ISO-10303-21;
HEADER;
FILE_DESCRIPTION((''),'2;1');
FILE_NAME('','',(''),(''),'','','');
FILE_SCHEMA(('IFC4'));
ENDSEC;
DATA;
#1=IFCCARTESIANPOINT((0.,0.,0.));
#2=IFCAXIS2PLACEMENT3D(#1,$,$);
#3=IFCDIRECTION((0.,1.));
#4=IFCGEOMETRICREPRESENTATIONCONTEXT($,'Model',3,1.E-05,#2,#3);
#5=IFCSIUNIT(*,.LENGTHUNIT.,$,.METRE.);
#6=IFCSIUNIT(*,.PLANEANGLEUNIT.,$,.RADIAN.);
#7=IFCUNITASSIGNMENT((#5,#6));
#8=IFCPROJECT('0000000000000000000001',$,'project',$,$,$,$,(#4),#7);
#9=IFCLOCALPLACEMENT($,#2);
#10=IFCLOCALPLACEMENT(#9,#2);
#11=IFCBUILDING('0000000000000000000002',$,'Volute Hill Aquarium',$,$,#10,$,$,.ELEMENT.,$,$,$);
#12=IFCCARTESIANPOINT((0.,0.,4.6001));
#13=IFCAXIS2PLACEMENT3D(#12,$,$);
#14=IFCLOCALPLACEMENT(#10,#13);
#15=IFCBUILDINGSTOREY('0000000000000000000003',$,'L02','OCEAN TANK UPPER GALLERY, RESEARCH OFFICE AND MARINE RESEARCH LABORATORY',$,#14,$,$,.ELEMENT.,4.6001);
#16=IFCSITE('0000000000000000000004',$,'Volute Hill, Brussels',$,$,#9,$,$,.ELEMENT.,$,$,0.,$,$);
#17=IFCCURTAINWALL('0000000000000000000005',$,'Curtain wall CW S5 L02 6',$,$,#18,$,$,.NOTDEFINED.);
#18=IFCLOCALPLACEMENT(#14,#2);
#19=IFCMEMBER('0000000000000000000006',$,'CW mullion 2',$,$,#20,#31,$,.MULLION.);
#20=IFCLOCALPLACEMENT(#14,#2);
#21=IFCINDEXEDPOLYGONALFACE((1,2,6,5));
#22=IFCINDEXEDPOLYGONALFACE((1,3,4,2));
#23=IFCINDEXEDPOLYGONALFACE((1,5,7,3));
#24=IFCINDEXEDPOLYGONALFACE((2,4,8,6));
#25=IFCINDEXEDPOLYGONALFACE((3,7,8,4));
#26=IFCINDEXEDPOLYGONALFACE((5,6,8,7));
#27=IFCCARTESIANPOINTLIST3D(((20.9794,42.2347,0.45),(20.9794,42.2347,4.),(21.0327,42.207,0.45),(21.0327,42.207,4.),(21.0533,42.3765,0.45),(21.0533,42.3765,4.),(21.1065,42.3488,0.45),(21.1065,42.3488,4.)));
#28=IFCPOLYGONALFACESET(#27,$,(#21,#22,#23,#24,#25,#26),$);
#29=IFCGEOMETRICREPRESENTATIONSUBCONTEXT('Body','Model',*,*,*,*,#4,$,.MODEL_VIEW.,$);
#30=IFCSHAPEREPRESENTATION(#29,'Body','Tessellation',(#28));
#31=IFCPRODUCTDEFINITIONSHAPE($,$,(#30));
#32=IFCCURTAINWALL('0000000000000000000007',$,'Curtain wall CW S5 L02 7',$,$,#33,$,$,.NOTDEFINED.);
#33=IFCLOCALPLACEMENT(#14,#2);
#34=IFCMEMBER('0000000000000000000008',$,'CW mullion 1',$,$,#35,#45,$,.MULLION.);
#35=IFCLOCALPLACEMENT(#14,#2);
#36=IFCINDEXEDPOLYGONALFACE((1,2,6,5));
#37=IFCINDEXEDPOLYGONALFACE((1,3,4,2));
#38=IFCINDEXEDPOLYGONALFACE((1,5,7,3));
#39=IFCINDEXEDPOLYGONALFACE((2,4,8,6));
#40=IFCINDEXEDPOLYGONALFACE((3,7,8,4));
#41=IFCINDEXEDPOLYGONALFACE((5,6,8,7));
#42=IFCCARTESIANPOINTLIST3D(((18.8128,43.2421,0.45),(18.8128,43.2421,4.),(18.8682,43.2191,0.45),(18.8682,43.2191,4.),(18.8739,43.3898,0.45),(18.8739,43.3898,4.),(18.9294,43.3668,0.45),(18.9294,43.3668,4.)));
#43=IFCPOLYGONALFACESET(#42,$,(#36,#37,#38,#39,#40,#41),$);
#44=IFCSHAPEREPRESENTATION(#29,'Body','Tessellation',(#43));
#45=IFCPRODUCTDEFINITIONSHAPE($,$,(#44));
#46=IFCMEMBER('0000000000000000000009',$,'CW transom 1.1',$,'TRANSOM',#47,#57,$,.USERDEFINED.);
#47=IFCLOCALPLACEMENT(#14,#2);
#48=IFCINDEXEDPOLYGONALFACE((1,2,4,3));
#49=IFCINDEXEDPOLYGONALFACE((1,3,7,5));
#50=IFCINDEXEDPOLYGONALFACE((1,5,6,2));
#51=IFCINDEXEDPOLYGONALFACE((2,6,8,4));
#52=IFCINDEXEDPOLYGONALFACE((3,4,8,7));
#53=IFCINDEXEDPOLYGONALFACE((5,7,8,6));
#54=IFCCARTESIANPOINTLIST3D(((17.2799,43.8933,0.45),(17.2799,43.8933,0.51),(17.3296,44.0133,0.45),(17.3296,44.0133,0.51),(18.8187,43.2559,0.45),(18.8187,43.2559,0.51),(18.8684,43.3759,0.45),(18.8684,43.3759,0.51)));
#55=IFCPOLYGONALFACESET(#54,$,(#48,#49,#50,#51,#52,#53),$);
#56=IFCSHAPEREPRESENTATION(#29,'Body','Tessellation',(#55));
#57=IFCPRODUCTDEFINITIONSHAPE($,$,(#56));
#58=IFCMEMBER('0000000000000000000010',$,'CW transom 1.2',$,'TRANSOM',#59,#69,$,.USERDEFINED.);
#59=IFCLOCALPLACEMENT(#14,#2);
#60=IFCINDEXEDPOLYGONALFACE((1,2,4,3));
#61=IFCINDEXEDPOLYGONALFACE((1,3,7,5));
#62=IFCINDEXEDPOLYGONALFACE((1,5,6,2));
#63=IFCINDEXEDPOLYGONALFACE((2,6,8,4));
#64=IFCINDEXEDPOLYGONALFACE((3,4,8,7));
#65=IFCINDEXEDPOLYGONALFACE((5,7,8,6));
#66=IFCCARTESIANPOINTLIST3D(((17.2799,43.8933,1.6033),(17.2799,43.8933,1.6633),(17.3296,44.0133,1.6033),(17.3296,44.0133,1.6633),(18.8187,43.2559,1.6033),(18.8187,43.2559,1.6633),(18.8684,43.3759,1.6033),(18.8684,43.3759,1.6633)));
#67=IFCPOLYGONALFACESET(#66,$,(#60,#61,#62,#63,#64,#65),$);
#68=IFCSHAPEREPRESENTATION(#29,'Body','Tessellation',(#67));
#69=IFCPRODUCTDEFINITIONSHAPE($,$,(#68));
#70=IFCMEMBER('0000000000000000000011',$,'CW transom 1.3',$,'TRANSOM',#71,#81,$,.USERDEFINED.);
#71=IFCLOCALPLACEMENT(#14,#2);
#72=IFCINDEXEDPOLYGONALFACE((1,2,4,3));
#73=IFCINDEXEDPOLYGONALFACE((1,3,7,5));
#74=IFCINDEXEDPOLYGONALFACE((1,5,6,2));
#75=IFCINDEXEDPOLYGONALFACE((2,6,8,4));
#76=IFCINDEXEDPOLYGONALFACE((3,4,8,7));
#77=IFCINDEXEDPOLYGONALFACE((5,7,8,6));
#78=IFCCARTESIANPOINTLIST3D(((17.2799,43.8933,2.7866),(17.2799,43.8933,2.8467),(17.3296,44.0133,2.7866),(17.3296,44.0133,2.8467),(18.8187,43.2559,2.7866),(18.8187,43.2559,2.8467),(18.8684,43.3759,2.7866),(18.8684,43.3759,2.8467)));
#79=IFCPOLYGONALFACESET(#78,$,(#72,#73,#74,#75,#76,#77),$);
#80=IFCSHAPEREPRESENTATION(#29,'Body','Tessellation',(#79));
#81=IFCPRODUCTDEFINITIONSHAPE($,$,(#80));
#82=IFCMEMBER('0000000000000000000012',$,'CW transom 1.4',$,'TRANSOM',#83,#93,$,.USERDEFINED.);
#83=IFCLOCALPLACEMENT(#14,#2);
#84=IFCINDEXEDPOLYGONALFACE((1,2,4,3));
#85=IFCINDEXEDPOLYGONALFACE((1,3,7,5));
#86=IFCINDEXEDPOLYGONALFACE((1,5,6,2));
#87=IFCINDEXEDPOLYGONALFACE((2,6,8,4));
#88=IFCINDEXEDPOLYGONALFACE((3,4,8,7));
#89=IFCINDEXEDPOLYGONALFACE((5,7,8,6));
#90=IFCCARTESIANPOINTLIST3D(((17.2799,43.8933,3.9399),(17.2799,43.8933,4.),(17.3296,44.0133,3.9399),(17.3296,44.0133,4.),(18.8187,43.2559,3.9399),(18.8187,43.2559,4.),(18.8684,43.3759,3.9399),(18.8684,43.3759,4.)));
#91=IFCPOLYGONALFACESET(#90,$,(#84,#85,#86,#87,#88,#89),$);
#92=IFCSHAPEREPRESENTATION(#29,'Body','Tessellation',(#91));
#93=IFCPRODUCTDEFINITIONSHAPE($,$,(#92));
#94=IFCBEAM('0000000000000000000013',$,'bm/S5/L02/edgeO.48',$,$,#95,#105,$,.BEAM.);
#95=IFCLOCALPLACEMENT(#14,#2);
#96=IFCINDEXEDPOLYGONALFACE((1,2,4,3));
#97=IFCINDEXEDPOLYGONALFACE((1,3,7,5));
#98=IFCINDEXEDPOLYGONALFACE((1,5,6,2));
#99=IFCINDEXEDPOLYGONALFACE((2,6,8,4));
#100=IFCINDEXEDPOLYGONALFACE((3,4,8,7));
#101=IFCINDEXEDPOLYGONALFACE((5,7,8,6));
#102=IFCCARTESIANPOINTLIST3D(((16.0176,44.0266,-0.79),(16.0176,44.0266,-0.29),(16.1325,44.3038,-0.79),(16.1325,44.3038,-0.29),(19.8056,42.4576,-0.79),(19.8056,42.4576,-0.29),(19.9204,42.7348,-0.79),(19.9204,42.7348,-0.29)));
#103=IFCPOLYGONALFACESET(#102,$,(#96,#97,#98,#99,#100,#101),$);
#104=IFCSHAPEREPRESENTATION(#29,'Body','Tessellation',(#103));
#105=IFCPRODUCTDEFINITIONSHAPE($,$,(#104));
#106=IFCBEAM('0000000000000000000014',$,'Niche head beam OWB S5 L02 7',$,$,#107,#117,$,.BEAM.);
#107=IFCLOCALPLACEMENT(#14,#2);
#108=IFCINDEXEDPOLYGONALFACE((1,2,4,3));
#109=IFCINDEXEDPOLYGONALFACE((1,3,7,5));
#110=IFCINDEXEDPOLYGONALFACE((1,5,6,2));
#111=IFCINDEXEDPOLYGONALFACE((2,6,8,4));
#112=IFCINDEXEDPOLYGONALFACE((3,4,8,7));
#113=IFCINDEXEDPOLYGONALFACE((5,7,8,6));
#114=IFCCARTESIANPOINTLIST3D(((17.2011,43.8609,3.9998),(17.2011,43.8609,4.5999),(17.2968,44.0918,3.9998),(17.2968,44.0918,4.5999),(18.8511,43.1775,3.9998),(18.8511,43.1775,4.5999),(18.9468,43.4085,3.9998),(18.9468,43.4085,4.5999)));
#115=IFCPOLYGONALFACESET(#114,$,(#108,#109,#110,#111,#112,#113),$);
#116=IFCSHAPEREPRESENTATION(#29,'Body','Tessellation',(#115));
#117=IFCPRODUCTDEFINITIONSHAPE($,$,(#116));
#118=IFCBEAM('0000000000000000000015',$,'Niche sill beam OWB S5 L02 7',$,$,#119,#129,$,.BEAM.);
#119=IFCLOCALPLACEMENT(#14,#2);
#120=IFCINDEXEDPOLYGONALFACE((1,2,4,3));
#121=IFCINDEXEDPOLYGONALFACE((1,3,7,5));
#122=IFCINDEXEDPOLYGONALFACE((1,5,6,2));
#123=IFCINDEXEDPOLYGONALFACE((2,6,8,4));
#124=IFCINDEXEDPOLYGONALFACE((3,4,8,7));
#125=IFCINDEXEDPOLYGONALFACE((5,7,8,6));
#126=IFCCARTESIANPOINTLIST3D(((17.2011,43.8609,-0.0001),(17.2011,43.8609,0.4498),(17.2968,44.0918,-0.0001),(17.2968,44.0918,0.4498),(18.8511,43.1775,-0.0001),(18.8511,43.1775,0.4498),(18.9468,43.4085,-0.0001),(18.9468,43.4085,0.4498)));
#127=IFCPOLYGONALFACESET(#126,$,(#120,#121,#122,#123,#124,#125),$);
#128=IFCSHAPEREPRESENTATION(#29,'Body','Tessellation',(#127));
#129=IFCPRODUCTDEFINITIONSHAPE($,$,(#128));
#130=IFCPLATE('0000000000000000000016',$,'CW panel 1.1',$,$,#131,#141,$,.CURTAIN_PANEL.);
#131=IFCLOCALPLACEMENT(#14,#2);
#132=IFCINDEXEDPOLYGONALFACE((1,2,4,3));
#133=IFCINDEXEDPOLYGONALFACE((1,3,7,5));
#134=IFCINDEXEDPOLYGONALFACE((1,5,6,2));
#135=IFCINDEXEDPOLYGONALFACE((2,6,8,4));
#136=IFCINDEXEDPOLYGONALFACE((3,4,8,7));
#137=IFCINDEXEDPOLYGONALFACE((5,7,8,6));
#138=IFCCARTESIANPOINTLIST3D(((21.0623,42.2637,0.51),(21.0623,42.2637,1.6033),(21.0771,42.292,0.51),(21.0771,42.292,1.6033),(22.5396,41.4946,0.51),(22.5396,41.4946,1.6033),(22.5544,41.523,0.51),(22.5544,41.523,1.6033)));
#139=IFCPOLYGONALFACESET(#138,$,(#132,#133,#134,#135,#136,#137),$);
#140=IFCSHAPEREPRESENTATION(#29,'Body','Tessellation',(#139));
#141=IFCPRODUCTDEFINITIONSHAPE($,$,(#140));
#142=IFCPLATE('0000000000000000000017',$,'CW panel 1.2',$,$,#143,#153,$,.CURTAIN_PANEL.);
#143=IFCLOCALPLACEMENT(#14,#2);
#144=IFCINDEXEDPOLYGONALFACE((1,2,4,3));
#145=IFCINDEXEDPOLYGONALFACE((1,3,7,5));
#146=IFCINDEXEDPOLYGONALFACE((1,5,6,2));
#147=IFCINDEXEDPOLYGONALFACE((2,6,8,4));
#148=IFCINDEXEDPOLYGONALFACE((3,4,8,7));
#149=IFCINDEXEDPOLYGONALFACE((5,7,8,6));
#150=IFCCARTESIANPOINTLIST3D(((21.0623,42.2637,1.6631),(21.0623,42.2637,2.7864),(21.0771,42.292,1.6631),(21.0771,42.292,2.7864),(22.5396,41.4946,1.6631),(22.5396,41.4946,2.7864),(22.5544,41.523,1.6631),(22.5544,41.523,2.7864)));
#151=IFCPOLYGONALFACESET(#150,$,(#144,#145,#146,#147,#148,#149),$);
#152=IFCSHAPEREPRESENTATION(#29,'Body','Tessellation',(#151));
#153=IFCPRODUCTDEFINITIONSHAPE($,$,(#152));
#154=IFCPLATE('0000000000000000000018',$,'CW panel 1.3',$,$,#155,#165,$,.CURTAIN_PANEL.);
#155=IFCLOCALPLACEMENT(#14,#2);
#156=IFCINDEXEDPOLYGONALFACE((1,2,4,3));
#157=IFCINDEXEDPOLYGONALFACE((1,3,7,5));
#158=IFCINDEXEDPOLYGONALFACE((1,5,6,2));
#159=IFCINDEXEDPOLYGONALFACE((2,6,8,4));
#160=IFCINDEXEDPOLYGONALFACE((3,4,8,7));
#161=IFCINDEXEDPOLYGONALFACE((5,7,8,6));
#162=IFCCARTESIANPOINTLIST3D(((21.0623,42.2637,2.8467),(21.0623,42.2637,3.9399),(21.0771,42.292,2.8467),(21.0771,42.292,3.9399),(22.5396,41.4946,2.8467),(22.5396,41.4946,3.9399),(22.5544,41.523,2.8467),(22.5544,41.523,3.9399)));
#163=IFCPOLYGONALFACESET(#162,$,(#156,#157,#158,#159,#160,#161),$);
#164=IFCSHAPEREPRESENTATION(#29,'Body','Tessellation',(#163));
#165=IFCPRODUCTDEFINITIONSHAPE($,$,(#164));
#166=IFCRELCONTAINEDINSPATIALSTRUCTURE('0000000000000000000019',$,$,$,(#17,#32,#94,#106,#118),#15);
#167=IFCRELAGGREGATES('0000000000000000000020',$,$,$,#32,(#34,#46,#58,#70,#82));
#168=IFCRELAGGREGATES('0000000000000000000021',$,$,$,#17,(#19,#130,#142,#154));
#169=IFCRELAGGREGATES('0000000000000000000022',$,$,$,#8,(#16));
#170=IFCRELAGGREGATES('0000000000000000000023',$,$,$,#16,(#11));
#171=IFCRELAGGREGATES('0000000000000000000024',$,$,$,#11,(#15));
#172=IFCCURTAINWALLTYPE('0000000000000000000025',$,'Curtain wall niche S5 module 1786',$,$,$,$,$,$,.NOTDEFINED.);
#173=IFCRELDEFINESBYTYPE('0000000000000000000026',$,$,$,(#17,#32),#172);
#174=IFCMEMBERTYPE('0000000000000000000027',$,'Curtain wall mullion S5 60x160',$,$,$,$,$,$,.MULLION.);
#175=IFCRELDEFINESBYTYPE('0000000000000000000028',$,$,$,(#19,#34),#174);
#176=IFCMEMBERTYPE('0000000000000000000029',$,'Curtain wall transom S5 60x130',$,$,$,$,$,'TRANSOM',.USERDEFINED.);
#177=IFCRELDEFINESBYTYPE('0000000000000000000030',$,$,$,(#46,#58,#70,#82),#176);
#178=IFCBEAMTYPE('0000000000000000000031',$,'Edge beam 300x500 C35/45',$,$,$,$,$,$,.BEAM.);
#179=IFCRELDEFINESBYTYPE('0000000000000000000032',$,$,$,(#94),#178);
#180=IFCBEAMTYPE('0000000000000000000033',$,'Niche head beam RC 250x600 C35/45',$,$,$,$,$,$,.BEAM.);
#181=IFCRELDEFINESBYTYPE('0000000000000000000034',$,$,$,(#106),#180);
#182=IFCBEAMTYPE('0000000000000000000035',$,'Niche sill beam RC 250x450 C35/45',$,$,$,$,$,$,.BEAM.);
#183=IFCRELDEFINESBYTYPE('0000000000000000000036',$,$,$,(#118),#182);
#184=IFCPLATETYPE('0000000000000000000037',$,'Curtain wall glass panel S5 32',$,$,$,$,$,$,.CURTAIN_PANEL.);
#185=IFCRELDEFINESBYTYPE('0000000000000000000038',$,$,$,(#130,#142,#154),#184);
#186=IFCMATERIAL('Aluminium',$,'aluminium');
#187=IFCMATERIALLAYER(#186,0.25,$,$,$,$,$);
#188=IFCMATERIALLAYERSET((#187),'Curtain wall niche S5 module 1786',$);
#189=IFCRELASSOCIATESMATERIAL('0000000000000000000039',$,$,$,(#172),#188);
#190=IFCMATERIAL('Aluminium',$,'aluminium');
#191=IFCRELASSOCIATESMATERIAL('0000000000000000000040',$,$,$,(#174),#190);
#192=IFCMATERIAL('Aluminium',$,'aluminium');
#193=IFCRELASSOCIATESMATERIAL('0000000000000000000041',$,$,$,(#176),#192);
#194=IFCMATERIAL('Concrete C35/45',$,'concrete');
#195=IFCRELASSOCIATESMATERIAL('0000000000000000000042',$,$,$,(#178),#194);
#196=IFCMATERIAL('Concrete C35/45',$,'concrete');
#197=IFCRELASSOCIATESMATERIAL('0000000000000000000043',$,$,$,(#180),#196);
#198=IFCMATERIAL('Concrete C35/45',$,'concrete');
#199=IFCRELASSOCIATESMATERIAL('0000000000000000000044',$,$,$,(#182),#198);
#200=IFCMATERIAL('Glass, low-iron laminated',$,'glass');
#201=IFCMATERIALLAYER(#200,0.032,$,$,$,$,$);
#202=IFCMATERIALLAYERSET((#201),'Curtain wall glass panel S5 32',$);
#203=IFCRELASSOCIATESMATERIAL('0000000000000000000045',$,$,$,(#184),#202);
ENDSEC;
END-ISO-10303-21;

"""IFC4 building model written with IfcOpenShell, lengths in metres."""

from ifc_helpers import new_model, si_unit, direction, frame, origin, origin_2d, place, context, subcontext, project, spatial, rectangle, extrude, material, layer, layer_set, material_profile, profile_set, type_object, element, aggregate, save


model = new_model("IFC4")

# Units and contexts
model_context = context("Model", 3, precision=1e-05, world=origin(), true_north=direction((0.0, 1.0)))
body_context = subcontext(model_context, "Body", "Model", "MODEL_VIEW")
ifc_project = project(units=[si_unit("LENGTHUNIT", "METRE"), si_unit("PLANEANGLEUNIT", "RADIAN")], contexts=[model_context])

# Site, building, storey
site_placement = place(None, origin())
site = spatial("IfcSite", under=ifc_project, at=site_placement, Name="Volute Hill, Brussels", CompositionType="ELEMENT", RefElevation=0.0)
building_placement = place(site_placement, origin())
building = spatial("IfcBuilding", under=site, at=building_placement, Name="Volute Hill Aquarium", CompositionType="ELEMENT")
storey_placement = place(building_placement, frame((0.0, 0.0, 4.6001)))
storey = spatial("IfcBuildingStorey", under=building, at=storey_placement, Name="L02", Description="OCEAN TANK UPPER GALLERY, RESEARCH OFFICE AND MARINE RESEARCH LABORATORY", CompositionType="ELEMENT", Elevation=4.6001)

# Curtain wall, member
ifc_material_1 = material(Name="Aluminium", Category="aluminium")
ifc_layer_1 = layer(ifc_material_1, 0.25)
ifc_layer_set_1 = layer_set([ifc_layer_1], Name="Curtain wall niche S5 module 1786")
curtain_wall_type = type_object("IfcCurtainWallType", Name="Curtain wall niche S5 module 1786", PredefinedType="NOTDEFINED", material=ifc_layer_set_1)
curtain_wall_1_placement = place(storey_placement, origin())
curtain_wall_1 = element("IfcCurtainWall", 1, at=curtain_wall_1_placement, inside=storey, type_object=curtain_wall_type, Name="Curtain wall CW S5 L02 6", PredefinedType="NOTDEFINED")
ifc_material_2 = material(Name="Aluminium", Category="aluminium")
ifc_material_profile_1 = material_profile(ifc_material_2, rectangle(XDim=0.1599, YDim=0.0601, at=origin_2d()), Name="Curtain wall mullion S5 60x160")
ifc_profile_set_1 = profile_set([ifc_material_profile_1], Name="Aluminium")
member_type_1 = type_object("IfcMemberType", Name="Curtain wall mullion S5 60x160", PredefinedType="MULLION", material=ifc_profile_set_1)
member_1_placement = place(storey_placement, frame((21.043, 42.2917, 0.45), z_axis=(0.0, 0.0, 1.0), x_axis=(-0.461755, -0.887007, 0.0)))
member_1 = element("IfcMember", 2, at=member_1_placement, type_object=member_type_1, Name="CW mullion 2", PredefinedType="MULLION", context=body_context, shape_type="SweptSolid", body=[
    extrude(rectangle(XDim=0.1599, YDim=0.0601, at=origin_2d()), origin(), (0.0, 0.0, 1.0), 3.55),
])

# Curtain wall, members
curtain_wall_2_placement = place(storey_placement, origin())
curtain_wall_2 = element("IfcCurtainWall", 3, at=curtain_wall_2_placement, inside=storey, type_object=curtain_wall_type, Name="Curtain wall CW S5 L02 7", PredefinedType="NOTDEFINED")
member_2_placement = place(storey_placement, frame((18.8711, 43.3044, 0.45), z_axis=(0.0, 0.0, 1.0), x_axis=(-0.382686, -0.923878, 0.0)))
member_2 = element("IfcMember", 4, at=member_2_placement, type_object=member_type_1, Name="CW mullion 1", PredefinedType="MULLION", context=body_context, shape_type="SweptSolid", body=[
    extrude(rectangle(XDim=0.1599, YDim=0.0601, at=origin_2d()), origin(), (0.0, 0.0, 1.0), 3.55),
])
ifc_material_3 = material(Name="Aluminium", Category="aluminium")
ifc_material_profile_2 = material_profile(ifc_material_3, rectangle(XDim=0.1299, YDim=0.0601, at=origin_2d()), Name="Curtain wall transom S5 60x130")
ifc_profile_set_2 = profile_set([ifc_material_profile_2], Name="Aluminium")
member_type_2 = type_object("IfcMemberType", Name="Curtain wall transom S5 60x130", ElementType="TRANSOM", PredefinedType="USERDEFINED", material=ifc_profile_set_2)
member_3_placement = place(storey_placement, frame((18.8435, 43.3159, 0.48), z_axis=(-0.923869, 0.38271, 0.0), x_axis=(-0.38271, -0.923869, 0.0)))
member_3 = element("IfcMember", 5, at=member_3_placement, type_object=member_type_2, Name="CW transom 1.1", ObjectType="TRANSOM", PredefinedType="USERDEFINED", context=body_context, shape_type="SweptSolid", body=[
    extrude(rectangle(XDim=0.1299, YDim=0.0601, at=origin_2d()), origin(), (0.0, 0.0, 1.0), 1.6655),
])
member_4_placement = place(storey_placement, frame((18.8435, 43.3159, 1.6333), z_axis=(-0.923869, 0.38271, 0.0), x_axis=(-0.38271, -0.923869, 0.0)))
member_4 = element("IfcMember", 6, at=member_4_placement, type_object=member_type_2, Name="CW transom 1.2", ObjectType="TRANSOM", PredefinedType="USERDEFINED", context=body_context, shape_type="SweptSolid", body=[
    extrude(rectangle(XDim=0.1299, YDim=0.0601, at=origin_2d()), origin(), (0.0, 0.0, 1.0), 1.6655),
])
member_5_placement = place(storey_placement, frame((18.8435, 43.3159, 2.8167), z_axis=(-0.923869, 0.38271, 0.0), x_axis=(-0.38271, -0.923869, 0.0)))
member_5 = element("IfcMember", 7, at=member_5_placement, type_object=member_type_2, Name="CW transom 1.3", ObjectType="TRANSOM", PredefinedType="USERDEFINED", context=body_context, shape_type="SweptSolid", body=[
    extrude(rectangle(XDim=0.1299, YDim=0.0601, at=origin_2d()), origin(), (0.0, 0.0, 1.0), 1.6655),
])
member_6_placement = place(storey_placement, frame((18.8435, 43.3159, 3.97), z_axis=(-0.923869, 0.38271, 0.0), x_axis=(-0.38271, -0.923869, 0.0)))
member_6 = element("IfcMember", 8, at=member_6_placement, type_object=member_type_2, Name="CW transom 1.4", ObjectType="TRANSOM", PredefinedType="USERDEFINED", context=body_context, shape_type="SweptSolid", body=[
    extrude(rectangle(XDim=0.1299, YDim=0.0601, at=origin_2d()), origin(), (0.0, 0.0, 1.0), 1.6655),
])
aggregate(curtain_wall_2, [member_2, member_3, member_4, member_5, member_6])

# Beams
ifc_material_4 = material(Name="Concrete C35/45", Category="concrete")
ifc_material_profile_3 = material_profile(ifc_material_4, rectangle(XDim=0.3, YDim=0.5, at=origin_2d()), Name="RC edge beam 300x500")
ifc_profile_set_3 = profile_set([ifc_material_profile_3], Name="Concrete C35/45")
beam_type_1 = type_object("IfcBeamType", Name="Edge beam 300x500 C35/45", PredefinedType="BEAM", material=ifc_profile_set_3)
beam_1_placement = place(storey_placement, frame((19.863, 42.5962, -0.54), z_axis=(-0.923878, 0.382687, 0.0), x_axis=(-0.382687, -0.923878, 0.0)))
element("IfcBeam", 9, at=beam_1_placement, inside=storey, type_object=beam_type_1, Name="bm/S5/L02/edgeO.48", PredefinedType="BEAM", context=body_context, shape_type="SweptSolid", body=[
    extrude(rectangle(XDim=0.3, YDim=0.5, at=origin_2d()), origin(), (0.0, 0.0, 1.0), 4.1001),
])
ifc_material_5 = material(Name="Concrete C35/45", Category="concrete")
ifc_material_profile_4 = material_profile(ifc_material_5, rectangle(XDim=0.25, YDim=0.6001, at=origin_2d()), Name="RC beam 250x600")
ifc_profile_set_4 = profile_set([ifc_material_profile_4], Name="Concrete C35/45")
beam_type_2 = type_object("IfcBeamType", Name="Niche head beam RC 250x600 C35/45", PredefinedType="BEAM", material=ifc_profile_set_4)
beam_2_placement = place(storey_placement, frame((18.8989, 43.293, 4.2998), z_axis=(-0.923892, 0.382654, 0.0), x_axis=(-0.382654, -0.923892, 0.0)))
element("IfcBeam", 10, at=beam_2_placement, inside=storey, type_object=beam_type_2, Name="Niche head beam OWB S5 L02 7", PredefinedType="BEAM", context=body_context, shape_type="SweptSolid", body=[
    extrude(rectangle(XDim=0.25, YDim=0.6001, at=origin_2d()), origin(), (0.0, 0.0, 1.0), 1.7859),
])
ifc_material_6 = material(Name="Concrete C35/45", Category="concrete")
ifc_material_profile_5 = material_profile(ifc_material_6, rectangle(XDim=0.25, YDim=0.45, at=origin_2d()), Name="RC beam 250x450")
ifc_profile_set_5 = profile_set([ifc_material_profile_5], Name="Concrete C35/45")
beam_type_3 = type_object("IfcBeamType", Name="Niche sill beam RC 250x450 C35/45", PredefinedType="BEAM", material=ifc_profile_set_5)
beam_3_placement = place(storey_placement, frame((18.8989, 43.293, 0.2249), z_axis=(-0.923892, 0.382654, 0.0), x_axis=(-0.382654, -0.923892, 0.0)))
element("IfcBeam", 11, at=beam_3_placement, inside=storey, type_object=beam_type_3, Name="Niche sill beam OWB S5 L02 7", PredefinedType="BEAM", context=body_context, shape_type="SweptSolid", body=[
    extrude(rectangle(XDim=0.25, YDim=0.45, at=origin_2d()), origin(), (0.0, 0.0, 1.0), 1.7859),
])

# Plates
ifc_material_7 = material(Name="Glass, low-iron laminated", Category="glass")
ifc_layer_2 = layer(ifc_material_7, 0.032)
ifc_layer_set_2 = layer_set([ifc_layer_2], Name="Curtain wall glass panel S5 32")
plate_type = type_object("IfcPlateType", Name="Curtain wall glass panel S5 32", PredefinedType="CURTAIN_PANEL", material=ifc_layer_set_2)
plate_1_placement = place(storey_placement, frame((21.8083, 41.8933, 0.51), z_axis=(0.0, 0.0, 1.0), x_axis=(-0.887007, 0.461755, 0.0)))
plate_1 = element("IfcPlate", 12, at=plate_1_placement, type_object=plate_type, Name="CW panel 1.1", PredefinedType="CURTAIN_PANEL", context=body_context, shape_type="SweptSolid", body=[
    extrude(rectangle(XDim=1.6655, YDim=0.032, at=origin_2d()), origin(), (0.0, 0.0, 1.0), 1.0933),
])
plate_2_placement = place(storey_placement, frame((21.8083, 41.8933, 1.6631), z_axis=(0.0, 0.0, 1.0), x_axis=(-0.887007, 0.461755, 0.0)))
plate_2 = element("IfcPlate", 13, at=plate_2_placement, type_object=plate_type, Name="CW panel 1.2", PredefinedType="CURTAIN_PANEL", context=body_context, shape_type="SweptSolid", body=[
    extrude(rectangle(XDim=1.6655, YDim=0.032, at=origin_2d()), origin(), (0.0, 0.0, 1.0), 1.1233),
])
plate_3_placement = place(storey_placement, frame((21.8083, 41.8933, 2.8467), z_axis=(0.0, 0.0, 1.0), x_axis=(-0.887007, 0.461755, 0.0)))
plate_3 = element("IfcPlate", 14, at=plate_3_placement, type_object=plate_type, Name="CW panel 1.3", PredefinedType="CURTAIN_PANEL", context=body_context, shape_type="SweptSolid", body=[
    extrude(rectangle(XDim=1.6655, YDim=0.032, at=origin_2d()), origin(), (0.0, 0.0, 1.0), 1.0933),
])
aggregate(curtain_wall_1, [member_1, plate_1, plate_2, plate_3])

save(model, "model.ifc")
